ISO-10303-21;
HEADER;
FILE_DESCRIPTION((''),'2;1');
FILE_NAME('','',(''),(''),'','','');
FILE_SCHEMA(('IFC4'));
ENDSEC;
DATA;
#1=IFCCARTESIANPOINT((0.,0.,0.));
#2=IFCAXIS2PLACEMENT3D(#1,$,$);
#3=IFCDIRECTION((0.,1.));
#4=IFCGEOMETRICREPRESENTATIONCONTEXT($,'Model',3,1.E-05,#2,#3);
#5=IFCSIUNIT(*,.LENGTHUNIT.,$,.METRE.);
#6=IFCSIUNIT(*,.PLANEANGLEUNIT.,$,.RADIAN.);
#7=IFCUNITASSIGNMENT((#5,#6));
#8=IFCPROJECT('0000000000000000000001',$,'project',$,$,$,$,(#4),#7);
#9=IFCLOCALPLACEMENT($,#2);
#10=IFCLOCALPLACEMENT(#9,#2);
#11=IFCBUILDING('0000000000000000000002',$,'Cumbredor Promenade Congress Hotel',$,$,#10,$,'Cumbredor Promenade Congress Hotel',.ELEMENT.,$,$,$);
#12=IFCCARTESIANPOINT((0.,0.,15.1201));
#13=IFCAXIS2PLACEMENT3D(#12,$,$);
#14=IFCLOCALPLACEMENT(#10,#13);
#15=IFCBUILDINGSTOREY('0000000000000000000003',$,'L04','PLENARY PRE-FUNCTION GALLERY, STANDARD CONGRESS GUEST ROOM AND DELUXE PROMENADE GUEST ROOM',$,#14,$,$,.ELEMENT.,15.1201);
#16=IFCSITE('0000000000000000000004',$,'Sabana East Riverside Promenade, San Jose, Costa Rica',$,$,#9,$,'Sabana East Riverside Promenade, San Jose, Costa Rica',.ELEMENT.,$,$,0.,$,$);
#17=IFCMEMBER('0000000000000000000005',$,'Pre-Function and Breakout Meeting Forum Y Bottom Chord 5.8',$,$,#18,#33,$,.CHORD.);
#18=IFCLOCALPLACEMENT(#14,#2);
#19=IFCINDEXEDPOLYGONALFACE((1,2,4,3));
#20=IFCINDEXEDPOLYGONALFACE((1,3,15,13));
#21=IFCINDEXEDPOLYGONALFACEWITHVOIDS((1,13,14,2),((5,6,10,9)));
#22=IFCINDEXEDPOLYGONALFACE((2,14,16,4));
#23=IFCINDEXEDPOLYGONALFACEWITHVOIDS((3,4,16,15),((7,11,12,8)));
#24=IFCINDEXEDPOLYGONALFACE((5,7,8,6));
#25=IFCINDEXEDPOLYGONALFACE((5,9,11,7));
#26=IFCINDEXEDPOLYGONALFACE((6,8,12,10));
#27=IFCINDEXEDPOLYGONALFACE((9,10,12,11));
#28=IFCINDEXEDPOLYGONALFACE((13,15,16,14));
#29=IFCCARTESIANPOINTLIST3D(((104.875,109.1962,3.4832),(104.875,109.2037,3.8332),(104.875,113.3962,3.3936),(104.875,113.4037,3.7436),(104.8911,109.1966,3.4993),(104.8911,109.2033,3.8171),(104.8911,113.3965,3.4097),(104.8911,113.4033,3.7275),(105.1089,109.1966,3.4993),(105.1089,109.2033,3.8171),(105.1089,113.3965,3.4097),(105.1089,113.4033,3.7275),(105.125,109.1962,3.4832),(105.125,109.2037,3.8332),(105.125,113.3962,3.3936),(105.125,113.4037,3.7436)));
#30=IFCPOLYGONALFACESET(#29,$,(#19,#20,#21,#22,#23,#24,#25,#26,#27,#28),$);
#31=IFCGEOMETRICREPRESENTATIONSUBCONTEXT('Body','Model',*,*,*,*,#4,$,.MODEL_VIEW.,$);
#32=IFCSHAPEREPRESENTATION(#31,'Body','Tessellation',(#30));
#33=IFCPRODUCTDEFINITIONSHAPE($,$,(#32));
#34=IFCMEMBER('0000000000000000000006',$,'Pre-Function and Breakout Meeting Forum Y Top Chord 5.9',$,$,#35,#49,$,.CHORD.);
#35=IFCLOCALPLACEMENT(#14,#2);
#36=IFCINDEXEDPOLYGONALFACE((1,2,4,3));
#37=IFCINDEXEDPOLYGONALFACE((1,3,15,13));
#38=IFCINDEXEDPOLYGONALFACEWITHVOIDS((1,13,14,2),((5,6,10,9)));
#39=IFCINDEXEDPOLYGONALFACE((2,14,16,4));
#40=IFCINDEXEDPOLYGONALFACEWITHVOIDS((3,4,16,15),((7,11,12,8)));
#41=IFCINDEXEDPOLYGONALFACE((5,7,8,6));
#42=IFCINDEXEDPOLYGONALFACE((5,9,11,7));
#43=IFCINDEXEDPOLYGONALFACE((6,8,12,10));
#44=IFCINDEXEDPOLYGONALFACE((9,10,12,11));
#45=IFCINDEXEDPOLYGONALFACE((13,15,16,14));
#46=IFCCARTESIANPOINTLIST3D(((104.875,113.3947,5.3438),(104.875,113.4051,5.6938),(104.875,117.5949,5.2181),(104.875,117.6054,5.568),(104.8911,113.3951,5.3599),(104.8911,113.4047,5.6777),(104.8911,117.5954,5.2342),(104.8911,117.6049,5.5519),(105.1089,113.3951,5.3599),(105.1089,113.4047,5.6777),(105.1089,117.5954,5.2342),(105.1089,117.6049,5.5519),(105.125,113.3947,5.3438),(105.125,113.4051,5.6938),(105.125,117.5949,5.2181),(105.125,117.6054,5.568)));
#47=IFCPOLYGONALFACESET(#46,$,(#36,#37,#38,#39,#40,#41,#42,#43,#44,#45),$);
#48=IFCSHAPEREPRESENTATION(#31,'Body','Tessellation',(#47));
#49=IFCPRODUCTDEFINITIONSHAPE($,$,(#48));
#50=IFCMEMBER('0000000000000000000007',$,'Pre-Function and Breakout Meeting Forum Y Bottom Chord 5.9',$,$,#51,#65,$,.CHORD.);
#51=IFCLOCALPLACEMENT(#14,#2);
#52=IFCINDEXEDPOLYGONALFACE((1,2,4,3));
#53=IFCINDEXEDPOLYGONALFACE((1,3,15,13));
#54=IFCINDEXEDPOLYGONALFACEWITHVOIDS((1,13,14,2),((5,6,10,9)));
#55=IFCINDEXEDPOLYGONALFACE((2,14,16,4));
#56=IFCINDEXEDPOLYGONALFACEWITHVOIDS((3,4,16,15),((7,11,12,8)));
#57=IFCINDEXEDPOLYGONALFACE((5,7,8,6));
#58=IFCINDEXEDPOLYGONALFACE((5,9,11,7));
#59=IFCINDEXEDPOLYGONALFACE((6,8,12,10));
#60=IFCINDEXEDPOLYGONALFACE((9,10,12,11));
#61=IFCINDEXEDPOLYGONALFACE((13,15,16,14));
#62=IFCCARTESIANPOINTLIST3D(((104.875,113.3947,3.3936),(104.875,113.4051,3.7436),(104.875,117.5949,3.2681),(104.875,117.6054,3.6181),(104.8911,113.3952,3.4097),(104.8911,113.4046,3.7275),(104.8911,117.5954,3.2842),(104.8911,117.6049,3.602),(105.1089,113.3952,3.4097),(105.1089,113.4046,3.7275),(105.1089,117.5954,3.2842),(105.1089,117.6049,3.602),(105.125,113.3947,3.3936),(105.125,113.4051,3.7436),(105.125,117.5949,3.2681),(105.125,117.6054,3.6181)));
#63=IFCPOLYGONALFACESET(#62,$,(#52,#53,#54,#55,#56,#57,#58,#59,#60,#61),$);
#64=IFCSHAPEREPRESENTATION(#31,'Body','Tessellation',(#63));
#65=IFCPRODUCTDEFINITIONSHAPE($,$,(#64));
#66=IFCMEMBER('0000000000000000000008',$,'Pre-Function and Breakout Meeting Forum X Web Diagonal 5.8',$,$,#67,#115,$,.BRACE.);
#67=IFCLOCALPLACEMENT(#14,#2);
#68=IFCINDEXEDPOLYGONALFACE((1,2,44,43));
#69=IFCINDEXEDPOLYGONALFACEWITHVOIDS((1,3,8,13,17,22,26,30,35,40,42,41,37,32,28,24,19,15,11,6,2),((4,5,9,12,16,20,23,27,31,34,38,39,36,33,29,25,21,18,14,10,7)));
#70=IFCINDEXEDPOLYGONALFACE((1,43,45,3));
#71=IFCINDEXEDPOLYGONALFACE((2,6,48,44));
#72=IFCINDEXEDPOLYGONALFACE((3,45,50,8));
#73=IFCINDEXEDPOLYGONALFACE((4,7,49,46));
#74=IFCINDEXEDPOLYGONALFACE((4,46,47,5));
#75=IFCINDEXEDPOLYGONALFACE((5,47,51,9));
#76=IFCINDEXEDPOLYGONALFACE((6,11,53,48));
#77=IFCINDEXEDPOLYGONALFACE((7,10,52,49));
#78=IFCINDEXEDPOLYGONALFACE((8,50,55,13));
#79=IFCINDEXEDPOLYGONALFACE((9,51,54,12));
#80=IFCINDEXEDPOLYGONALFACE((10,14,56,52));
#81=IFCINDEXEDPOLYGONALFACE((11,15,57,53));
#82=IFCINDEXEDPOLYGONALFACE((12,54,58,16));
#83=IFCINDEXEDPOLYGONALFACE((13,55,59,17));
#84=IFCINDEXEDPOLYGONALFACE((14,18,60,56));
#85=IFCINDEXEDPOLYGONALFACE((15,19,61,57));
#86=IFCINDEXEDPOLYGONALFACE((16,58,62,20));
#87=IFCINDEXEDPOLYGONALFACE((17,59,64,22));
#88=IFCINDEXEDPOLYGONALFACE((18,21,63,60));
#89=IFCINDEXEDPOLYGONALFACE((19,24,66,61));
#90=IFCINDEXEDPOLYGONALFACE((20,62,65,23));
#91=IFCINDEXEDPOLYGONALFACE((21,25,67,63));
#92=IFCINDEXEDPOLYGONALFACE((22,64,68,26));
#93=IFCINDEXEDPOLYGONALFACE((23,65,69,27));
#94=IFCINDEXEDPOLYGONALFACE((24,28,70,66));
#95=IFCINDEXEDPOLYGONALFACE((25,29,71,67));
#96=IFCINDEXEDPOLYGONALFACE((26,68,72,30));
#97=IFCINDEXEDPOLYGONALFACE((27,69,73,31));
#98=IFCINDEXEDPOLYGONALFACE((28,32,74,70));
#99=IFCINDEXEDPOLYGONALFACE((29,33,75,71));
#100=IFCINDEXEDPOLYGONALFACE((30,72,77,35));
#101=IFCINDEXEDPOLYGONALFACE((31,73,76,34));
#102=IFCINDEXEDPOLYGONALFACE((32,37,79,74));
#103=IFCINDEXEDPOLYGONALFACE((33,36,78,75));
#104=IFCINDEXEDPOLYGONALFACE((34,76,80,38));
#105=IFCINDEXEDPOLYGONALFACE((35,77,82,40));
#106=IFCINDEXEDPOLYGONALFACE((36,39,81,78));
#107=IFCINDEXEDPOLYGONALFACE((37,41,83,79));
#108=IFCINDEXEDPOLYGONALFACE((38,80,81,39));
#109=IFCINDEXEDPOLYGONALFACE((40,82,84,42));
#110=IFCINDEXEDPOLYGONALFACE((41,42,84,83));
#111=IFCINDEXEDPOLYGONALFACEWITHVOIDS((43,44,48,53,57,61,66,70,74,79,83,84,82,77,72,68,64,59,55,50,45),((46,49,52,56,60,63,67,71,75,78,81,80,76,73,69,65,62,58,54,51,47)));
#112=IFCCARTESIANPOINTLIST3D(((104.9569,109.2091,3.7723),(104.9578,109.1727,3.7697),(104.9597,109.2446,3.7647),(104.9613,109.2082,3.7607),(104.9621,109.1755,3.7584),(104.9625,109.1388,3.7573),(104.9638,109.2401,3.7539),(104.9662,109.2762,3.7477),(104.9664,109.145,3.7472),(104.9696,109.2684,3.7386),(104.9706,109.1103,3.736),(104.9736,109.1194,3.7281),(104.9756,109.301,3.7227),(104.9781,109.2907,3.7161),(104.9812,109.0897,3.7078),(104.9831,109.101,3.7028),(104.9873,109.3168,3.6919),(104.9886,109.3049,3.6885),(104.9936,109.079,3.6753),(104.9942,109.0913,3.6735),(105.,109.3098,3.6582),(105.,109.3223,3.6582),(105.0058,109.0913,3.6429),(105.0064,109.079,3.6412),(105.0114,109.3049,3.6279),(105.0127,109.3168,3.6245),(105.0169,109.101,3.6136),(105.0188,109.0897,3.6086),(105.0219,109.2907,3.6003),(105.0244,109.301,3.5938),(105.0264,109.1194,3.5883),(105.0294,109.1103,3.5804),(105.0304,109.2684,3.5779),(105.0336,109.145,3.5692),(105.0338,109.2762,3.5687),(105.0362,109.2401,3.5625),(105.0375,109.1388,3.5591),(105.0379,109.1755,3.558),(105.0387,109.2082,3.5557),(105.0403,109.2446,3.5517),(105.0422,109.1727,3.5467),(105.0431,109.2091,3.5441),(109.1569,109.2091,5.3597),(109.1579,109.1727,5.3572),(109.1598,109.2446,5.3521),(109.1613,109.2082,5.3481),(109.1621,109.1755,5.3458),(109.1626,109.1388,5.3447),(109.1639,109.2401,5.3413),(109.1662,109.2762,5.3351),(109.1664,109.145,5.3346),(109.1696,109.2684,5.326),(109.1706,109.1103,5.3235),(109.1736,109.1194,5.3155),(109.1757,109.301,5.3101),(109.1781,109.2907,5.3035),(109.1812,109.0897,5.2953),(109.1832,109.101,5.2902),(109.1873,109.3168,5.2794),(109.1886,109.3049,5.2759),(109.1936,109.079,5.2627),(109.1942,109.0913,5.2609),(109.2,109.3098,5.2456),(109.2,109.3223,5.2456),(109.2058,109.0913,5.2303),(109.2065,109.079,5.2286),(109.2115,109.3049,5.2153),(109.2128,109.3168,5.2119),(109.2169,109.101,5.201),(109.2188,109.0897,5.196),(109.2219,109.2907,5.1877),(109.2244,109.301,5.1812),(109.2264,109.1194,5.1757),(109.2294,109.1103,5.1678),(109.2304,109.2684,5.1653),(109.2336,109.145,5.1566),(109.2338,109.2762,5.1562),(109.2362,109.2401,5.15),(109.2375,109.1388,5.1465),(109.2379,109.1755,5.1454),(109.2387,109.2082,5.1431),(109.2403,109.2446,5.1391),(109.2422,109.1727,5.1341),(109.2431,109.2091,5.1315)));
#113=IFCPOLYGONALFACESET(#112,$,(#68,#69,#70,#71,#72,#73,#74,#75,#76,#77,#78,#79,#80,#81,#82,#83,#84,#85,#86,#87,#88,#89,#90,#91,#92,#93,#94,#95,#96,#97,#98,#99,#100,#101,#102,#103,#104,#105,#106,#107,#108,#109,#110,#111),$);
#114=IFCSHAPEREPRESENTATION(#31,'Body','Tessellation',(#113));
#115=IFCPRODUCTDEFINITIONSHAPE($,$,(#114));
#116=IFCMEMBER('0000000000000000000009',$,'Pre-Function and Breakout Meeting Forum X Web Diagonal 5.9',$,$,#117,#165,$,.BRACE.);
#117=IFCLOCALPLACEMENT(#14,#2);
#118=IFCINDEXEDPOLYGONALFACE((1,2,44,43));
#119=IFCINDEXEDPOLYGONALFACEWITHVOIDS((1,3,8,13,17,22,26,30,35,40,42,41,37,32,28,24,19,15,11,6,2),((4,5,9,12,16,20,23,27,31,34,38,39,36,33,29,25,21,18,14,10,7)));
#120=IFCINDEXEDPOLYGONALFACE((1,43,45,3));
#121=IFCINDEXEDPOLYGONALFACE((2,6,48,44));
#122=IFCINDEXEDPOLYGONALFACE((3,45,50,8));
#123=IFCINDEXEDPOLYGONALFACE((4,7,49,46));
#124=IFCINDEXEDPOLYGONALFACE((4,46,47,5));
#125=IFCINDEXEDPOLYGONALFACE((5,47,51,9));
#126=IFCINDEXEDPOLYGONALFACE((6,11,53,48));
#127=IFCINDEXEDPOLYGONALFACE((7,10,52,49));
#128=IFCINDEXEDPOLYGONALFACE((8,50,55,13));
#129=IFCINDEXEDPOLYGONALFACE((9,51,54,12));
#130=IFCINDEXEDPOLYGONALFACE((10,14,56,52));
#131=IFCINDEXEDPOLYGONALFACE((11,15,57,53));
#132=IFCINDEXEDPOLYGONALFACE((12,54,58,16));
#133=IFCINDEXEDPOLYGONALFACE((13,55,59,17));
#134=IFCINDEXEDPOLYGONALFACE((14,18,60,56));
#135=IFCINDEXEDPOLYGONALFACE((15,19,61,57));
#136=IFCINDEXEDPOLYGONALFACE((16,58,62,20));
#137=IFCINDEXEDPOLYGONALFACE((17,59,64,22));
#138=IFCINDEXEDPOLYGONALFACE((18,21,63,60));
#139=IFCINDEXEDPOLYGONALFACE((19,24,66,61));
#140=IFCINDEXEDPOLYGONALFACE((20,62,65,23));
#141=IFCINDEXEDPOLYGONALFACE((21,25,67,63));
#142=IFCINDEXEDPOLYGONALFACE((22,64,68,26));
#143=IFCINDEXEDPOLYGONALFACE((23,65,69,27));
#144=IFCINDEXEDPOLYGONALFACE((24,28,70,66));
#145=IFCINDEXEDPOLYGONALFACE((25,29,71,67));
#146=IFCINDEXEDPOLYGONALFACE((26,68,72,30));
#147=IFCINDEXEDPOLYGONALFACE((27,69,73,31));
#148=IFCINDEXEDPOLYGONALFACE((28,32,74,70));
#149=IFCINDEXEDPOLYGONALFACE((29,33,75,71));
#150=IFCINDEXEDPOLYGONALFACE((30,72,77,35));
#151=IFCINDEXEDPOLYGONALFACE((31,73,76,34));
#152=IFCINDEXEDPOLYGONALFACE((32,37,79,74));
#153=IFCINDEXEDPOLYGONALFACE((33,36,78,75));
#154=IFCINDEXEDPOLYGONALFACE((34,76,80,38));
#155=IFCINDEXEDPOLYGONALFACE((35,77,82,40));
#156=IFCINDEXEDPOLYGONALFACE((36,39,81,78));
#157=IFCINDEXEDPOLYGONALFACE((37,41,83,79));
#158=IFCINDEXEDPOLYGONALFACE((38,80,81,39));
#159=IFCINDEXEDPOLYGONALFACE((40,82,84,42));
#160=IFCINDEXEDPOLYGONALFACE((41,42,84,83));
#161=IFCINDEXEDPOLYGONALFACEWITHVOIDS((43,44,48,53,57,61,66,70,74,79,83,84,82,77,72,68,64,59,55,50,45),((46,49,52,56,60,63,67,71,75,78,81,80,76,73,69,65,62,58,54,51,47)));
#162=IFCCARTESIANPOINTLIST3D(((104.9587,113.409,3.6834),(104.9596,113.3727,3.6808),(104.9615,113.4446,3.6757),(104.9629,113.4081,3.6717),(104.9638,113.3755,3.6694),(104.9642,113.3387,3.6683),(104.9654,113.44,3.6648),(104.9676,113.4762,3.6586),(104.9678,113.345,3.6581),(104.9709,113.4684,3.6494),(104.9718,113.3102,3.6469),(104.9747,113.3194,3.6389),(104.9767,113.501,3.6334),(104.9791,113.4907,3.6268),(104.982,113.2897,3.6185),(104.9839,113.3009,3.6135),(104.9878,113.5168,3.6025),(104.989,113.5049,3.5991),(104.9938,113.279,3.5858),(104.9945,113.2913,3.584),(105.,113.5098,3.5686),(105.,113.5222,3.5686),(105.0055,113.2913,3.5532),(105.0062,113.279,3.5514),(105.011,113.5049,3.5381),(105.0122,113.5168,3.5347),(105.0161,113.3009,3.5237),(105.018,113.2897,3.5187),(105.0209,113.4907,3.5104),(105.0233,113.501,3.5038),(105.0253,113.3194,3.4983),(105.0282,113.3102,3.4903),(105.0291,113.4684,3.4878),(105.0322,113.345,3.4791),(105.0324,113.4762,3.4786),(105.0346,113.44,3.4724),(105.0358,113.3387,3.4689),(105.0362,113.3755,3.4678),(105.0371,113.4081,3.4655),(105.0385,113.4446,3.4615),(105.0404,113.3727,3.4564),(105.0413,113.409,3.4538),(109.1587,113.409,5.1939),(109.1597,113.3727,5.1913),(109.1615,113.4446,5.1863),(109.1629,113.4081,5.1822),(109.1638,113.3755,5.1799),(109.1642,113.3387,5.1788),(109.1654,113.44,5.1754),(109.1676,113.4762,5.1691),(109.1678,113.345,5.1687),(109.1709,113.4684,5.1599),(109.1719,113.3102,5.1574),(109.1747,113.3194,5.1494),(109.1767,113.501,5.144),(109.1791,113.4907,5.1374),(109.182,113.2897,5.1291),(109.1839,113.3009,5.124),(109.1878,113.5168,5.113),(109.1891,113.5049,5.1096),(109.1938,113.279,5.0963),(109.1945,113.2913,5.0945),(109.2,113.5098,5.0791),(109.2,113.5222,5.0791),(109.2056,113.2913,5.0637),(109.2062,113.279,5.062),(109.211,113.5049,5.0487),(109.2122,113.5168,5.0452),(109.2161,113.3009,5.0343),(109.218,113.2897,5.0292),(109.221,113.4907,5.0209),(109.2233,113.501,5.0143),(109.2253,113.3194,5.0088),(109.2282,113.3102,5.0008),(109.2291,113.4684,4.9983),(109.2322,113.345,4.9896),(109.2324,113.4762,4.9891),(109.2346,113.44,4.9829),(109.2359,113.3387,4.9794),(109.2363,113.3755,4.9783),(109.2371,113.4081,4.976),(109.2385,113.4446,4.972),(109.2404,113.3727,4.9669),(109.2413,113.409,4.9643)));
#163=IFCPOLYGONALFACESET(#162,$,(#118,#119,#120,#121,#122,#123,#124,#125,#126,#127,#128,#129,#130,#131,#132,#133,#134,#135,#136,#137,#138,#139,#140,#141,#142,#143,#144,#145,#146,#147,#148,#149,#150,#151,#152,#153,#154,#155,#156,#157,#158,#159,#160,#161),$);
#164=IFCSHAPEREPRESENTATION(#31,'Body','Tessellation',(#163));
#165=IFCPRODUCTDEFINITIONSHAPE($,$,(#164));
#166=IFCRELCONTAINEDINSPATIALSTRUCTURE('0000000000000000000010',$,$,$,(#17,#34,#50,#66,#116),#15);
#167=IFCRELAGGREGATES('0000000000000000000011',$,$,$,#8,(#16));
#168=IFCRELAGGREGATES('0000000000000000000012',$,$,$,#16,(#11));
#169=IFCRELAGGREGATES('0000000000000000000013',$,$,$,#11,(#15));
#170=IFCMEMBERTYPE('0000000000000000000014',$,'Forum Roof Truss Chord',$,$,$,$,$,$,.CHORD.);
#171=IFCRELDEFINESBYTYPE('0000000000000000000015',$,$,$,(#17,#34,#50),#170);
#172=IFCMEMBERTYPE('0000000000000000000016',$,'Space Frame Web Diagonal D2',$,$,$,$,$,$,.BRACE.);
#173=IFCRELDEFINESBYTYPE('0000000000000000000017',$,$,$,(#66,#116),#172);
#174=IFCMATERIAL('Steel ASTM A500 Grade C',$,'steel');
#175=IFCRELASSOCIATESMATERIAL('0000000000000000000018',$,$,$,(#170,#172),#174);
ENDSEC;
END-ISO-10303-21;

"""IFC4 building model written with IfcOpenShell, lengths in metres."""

from ifc_helpers import new_model, si_unit, direction, frame, origin, origin_2d, place, context, subcontext, project, spatial, hollow_rectangle, hollow_circle, extrude, material, material_profile, profile_set, type_object, element, save


model = new_model("IFC4")

# Units and contexts
model_context = context("Model", 3, precision=1e-05, world=origin(), true_north=direction((0.0, 1.0)))
body_context = subcontext(model_context, "Body", "Model", "MODEL_VIEW")
ifc_project = project(units=[si_unit("LENGTHUNIT", "METRE"), si_unit("PLANEANGLEUNIT", "RADIAN")], contexts=[model_context])

# Site, building, storey
site_placement = place(None, origin())
site = spatial("IfcSite", under=ifc_project, at=site_placement, Name="Sabana East Riverside Promenade, San Jose, Costa Rica", LongName="Sabana East Riverside Promenade, San Jose, Costa Rica", CompositionType="ELEMENT", RefElevation=0.0)
building_placement = place(site_placement, origin())
building = spatial("IfcBuilding", under=site, at=building_placement, Name="Cumbredor Promenade Congress Hotel", LongName="Cumbredor Promenade Congress Hotel", CompositionType="ELEMENT")
storey_placement = place(building_placement, frame((0.0, 0.0, 15.1201)))
storey = spatial("IfcBuildingStorey", under=building, at=storey_placement, Name="L04", Description="PLENARY PRE-FUNCTION GALLERY, STANDARD CONGRESS GUEST ROOM AND DELUXE PROMENADE GUEST ROOM", CompositionType="ELEMENT", Elevation=15.1201)

# Members
ifc_material_1 = material(Name="Steel ASTM A500 Grade C", Category="steel")
ifc_material_profile_1 = material_profile(ifc_material_1, hollow_rectangle(XDim=0.25, YDim=0.3501, WallThickness=0.0161, at=origin_2d()), Name="HSS 350x250x16")
ifc_profile_set_1 = profile_set([ifc_material_profile_1], Name="Steel ASTM A500 Grade C")
member_type_1 = type_object("IfcMemberType", Name="Forum Roof Truss Chord", PredefinedType="CHORD", material=ifc_profile_set_1)
for number, where, z_axis, x_axis, name in (
    (1, (105.0, 109.2, 3.6582), (0.0, 0.999773, -0.021329), (-1.0, 0.0, 0.0), "Pre-Function and Breakout Meeting Forum Y Bottom Chord 5.8"),
):
    element("IfcMember", number, at=place(storey_placement, frame(where, z_axis=z_axis, x_axis=x_axis)), inside=storey, type_object=member_type_1, Name=name, PredefinedType="CHORD", context=body_context, shape_type="SweptSolid", body=[
        extrude(hollow_rectangle(XDim=0.25, YDim=0.3501, WallThickness=0.0161, at=origin_2d()), origin(), (0.0, 0.0, 1.0), 4.2009),
    ])
for number, where, z_axis, x_axis, name in (
    (2, (105.0, 113.3999, 5.5188), (0.0, 0.999552, -0.029921), (-1.0, 0.0, 0.0), "Pre-Function and Breakout Meeting Forum Y Top Chord 5.9"),
    (3, (105.0, 113.3999, 3.5686), (0.0, 0.999554, -0.029863), (-1.0, 0.0, 0.0), "Pre-Function and Breakout Meeting Forum Y Bottom Chord 5.9"),
):
    element("IfcMember", number, at=place(storey_placement, frame(where, z_axis=z_axis, x_axis=x_axis)), inside=storey, type_object=member_type_1, Name=name, PredefinedType="CHORD", context=body_context, shape_type="SweptSolid", body=[
        extrude(hollow_rectangle(XDim=0.25, YDim=0.3501, WallThickness=0.0161, at=origin_2d()), origin(), (0.0, 0.0, 1.0), 4.2021),
    ])
ifc_material_profile_2 = material_profile(ifc_material_1, hollow_circle(Radius=0.1223, WallThickness=0.0125, at=origin_2d()), Name="CHS 244.5x12.5")
ifc_profile_set_2 = profile_set([ifc_material_profile_2], Name="Steel ASTM A500 Grade C")
member_type_2 = type_object("IfcMemberType", Name="Space Frame Web Diagonal D2", PredefinedType="BRACE", material=ifc_profile_set_2)
member_1_placement = place(storey_placement, frame((105.0, 109.2, 3.6582), z_axis=(0.935417, 0.0, 0.353548), x_axis=(0.0, 1.0, 0.0)))
element("IfcMember", 4, at=member_1_placement, inside=storey, type_object=member_type_2, Name="Pre-Function and Breakout Meeting Forum X Web Diagonal 5.8", PredefinedType="BRACE", context=body_context, shape_type="SweptSolid", body=[
    extrude(hollow_circle(Radius=0.1223, WallThickness=0.0125, at=origin_2d()), origin(), (0.0, 0.0, 1.0), 4.49),
])
member_2_placement = place(storey_placement, frame((105.0, 113.3999, 3.5686), z_axis=(0.940993, 0.0, 0.338425), x_axis=(0.0, 1.0, 0.0)))
element("IfcMember", 5, at=member_2_placement, inside=storey, type_object=member_type_2, Name="Pre-Function and Breakout Meeting Forum X Web Diagonal 5.9", PredefinedType="BRACE", context=body_context, shape_type="SweptSolid", body=[
    extrude(hollow_circle(Radius=0.1223, WallThickness=0.0125, at=origin_2d()), origin(), (0.0, 0.0, 1.0), 4.4634),
])

save(model, "model.ifc")
